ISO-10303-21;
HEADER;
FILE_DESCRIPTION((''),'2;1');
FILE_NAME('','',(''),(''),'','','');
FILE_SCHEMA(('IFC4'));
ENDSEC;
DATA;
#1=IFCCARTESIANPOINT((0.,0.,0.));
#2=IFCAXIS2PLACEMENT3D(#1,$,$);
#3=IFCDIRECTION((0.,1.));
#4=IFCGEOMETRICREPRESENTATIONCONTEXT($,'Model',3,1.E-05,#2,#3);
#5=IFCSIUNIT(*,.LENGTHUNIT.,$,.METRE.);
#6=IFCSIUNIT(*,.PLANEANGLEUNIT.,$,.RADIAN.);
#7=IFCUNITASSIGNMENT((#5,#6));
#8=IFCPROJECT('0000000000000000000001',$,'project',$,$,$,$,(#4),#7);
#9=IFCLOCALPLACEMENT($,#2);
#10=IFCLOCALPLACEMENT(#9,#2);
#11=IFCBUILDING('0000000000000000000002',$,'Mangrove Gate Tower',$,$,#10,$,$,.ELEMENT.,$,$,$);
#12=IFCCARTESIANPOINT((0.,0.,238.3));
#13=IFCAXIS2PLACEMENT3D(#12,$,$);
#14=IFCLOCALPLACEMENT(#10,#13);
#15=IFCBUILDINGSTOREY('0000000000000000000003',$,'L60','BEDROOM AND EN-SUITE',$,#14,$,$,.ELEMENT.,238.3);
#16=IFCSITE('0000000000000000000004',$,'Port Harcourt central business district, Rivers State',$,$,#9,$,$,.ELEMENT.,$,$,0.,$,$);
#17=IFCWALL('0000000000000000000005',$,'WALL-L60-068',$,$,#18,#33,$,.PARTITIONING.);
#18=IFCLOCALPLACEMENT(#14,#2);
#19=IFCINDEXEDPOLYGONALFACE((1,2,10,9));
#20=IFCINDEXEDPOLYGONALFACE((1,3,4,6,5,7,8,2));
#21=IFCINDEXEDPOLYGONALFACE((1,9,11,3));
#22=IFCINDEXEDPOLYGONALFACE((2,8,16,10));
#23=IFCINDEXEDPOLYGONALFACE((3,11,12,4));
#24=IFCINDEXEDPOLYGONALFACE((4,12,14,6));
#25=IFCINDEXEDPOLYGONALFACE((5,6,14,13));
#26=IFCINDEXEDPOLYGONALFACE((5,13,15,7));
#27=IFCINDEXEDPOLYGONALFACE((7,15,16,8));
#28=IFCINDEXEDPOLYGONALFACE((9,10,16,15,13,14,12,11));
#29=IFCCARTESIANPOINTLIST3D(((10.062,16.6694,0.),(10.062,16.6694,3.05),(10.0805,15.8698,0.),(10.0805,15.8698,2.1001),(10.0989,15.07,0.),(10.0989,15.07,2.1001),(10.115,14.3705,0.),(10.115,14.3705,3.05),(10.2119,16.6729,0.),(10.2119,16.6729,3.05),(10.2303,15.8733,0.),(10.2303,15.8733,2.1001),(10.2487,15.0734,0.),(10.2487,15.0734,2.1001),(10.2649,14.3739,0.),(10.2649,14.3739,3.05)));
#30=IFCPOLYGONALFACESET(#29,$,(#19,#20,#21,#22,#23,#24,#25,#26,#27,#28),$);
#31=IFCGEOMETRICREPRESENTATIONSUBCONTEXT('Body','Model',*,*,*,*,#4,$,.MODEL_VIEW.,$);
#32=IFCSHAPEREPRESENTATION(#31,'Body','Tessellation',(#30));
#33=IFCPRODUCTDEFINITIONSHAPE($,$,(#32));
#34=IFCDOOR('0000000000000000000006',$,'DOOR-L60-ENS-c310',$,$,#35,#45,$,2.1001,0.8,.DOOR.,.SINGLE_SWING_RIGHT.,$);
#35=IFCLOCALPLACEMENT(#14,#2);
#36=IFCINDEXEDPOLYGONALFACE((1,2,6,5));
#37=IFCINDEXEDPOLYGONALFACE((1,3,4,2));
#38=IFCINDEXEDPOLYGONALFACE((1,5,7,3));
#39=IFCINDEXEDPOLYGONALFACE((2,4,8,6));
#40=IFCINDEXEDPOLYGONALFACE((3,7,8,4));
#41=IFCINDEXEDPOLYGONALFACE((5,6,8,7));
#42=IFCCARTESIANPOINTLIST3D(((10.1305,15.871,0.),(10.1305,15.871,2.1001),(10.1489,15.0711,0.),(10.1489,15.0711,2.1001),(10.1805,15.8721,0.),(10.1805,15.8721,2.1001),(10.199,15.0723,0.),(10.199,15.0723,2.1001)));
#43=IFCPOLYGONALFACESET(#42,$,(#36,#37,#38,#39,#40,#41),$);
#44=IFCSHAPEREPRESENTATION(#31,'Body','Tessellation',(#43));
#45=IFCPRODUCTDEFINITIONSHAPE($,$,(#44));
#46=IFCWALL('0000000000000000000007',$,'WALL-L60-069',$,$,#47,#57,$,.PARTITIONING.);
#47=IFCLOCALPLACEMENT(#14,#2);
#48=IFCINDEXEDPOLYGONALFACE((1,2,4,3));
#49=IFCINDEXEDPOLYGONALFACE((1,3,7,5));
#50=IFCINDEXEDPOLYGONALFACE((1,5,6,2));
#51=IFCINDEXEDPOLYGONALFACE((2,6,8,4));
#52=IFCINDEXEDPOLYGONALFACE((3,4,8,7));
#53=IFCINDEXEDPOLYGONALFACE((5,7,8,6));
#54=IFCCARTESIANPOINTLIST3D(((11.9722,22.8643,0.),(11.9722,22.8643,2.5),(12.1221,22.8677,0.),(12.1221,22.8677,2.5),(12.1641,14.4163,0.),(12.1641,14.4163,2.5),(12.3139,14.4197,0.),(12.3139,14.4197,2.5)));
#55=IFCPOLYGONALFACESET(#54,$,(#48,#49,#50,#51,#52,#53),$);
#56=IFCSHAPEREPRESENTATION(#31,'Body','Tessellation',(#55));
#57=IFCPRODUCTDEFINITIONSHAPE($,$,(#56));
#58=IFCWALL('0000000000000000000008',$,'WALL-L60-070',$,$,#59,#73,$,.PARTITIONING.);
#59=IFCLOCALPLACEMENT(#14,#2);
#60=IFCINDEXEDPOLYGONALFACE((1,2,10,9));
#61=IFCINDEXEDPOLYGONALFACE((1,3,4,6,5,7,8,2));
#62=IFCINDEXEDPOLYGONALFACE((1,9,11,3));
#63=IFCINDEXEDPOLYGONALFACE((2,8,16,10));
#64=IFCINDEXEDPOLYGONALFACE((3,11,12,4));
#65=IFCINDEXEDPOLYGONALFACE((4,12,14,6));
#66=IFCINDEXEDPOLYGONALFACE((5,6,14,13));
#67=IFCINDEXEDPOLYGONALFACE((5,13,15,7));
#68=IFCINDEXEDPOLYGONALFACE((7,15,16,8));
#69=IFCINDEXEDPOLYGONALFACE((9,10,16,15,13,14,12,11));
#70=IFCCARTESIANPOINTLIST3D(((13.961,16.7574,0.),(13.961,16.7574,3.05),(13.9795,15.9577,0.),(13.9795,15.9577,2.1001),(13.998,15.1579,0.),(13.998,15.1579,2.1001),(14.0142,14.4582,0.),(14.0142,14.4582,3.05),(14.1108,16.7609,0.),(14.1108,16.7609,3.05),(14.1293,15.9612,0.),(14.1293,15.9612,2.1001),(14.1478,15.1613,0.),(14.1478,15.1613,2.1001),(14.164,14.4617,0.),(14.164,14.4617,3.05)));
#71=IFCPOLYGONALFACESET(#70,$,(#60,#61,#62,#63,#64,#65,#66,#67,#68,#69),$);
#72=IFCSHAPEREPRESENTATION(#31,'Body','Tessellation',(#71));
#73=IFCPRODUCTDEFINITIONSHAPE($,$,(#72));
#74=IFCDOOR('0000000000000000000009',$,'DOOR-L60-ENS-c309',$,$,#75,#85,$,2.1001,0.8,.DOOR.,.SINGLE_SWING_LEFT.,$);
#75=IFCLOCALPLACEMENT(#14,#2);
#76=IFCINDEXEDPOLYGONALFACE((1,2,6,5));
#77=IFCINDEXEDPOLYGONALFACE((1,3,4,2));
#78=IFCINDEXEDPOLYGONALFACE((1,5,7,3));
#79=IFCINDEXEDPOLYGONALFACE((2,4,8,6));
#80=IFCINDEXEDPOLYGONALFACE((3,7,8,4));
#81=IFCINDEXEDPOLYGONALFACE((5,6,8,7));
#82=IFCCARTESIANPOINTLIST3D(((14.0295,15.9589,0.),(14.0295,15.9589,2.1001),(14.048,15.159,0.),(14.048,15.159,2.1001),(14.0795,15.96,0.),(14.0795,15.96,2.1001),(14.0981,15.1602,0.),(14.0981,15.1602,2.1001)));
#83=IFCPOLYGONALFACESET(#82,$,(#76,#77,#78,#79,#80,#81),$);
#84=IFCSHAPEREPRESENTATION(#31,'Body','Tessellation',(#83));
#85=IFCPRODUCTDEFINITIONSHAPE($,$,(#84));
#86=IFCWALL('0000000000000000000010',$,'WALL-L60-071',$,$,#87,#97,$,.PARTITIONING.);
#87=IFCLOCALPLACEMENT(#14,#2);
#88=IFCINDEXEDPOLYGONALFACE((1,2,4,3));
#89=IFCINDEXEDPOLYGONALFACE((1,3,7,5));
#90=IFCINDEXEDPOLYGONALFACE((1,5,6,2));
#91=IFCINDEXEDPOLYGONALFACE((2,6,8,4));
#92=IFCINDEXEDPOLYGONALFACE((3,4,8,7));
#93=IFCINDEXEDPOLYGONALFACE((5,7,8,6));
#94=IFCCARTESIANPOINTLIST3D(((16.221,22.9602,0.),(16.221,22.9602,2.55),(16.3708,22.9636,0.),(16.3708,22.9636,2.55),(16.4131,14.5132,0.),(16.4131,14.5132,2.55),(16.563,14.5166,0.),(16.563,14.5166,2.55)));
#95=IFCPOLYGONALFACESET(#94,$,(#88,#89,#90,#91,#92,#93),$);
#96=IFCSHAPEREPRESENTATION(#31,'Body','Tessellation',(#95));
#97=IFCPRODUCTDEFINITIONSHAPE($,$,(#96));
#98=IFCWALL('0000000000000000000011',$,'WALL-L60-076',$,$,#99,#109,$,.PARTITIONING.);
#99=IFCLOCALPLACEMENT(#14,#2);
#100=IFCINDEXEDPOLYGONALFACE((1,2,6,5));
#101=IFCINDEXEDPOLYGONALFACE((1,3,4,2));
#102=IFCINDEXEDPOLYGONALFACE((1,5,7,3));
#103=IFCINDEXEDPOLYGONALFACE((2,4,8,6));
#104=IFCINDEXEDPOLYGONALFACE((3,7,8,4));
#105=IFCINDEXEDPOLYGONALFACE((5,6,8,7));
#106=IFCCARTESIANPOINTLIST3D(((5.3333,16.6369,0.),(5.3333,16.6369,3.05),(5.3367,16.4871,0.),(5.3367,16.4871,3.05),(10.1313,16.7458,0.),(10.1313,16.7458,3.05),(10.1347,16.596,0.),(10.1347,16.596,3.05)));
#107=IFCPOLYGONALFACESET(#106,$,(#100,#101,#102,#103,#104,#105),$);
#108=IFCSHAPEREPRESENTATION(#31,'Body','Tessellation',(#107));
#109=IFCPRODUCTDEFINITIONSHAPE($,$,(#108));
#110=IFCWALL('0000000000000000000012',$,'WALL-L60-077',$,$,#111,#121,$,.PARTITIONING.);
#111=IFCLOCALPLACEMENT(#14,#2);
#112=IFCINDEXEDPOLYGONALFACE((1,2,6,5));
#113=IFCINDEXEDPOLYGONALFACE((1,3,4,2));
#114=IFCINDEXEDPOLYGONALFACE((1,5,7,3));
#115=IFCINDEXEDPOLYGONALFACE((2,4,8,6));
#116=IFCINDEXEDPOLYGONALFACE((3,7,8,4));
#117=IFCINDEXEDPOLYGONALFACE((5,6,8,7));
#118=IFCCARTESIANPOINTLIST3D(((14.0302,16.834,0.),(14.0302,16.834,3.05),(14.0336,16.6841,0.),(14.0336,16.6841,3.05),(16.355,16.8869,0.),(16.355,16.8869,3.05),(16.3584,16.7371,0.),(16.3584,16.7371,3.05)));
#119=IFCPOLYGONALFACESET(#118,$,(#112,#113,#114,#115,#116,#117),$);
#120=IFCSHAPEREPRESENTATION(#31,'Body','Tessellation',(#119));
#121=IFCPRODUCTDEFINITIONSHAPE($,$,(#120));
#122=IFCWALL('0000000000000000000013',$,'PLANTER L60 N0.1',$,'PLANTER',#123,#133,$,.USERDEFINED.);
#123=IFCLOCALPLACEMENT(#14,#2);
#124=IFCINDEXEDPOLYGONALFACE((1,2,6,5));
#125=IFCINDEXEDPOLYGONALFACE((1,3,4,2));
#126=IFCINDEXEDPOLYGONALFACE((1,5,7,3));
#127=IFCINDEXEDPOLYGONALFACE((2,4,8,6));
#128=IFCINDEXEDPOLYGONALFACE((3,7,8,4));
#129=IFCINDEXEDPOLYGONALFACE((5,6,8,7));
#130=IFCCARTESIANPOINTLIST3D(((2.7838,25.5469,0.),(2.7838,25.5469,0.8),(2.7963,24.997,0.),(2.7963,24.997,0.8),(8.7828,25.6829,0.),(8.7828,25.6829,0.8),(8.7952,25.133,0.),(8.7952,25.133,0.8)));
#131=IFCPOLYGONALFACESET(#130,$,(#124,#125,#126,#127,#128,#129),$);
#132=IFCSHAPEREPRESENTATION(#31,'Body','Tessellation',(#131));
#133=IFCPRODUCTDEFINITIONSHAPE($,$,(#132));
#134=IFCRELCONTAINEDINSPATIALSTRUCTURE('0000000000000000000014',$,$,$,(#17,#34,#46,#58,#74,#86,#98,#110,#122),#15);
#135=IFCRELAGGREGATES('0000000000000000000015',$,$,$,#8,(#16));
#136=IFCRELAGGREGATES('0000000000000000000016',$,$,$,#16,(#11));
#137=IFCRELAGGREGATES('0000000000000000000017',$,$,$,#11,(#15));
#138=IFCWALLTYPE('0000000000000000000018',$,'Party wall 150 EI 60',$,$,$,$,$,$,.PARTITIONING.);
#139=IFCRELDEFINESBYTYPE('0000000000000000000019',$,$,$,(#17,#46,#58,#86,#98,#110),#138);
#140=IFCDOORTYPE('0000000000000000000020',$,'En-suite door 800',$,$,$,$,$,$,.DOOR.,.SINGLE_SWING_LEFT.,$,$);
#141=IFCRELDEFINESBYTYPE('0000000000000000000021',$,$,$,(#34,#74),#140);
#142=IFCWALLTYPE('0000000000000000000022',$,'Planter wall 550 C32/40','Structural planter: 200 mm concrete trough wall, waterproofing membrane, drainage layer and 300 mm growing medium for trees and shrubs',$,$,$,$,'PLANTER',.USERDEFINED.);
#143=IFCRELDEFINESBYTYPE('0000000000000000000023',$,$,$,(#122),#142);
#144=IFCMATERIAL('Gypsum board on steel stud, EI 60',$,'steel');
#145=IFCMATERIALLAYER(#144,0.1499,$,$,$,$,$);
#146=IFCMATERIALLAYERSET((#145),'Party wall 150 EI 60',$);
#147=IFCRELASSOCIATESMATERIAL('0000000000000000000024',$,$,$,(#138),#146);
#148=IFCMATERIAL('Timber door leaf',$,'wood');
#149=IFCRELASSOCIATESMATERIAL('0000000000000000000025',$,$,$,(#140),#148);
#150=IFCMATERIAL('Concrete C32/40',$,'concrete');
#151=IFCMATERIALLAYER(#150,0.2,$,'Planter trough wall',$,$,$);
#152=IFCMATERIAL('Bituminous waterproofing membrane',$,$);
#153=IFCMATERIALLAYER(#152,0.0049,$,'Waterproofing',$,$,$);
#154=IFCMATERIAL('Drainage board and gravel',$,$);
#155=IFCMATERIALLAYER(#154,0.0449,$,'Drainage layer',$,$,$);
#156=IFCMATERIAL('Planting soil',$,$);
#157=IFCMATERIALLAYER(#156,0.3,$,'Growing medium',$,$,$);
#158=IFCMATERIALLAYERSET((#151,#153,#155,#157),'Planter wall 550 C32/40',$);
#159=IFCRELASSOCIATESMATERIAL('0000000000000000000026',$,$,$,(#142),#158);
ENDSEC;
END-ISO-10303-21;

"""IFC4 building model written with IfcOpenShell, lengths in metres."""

from ifc_helpers import new_model, si_unit, direction, frame, frame_2d, origin, place, context, subcontext, project, spatial, rectangle, extrude, material, layer, layer_set, type_object, element, fill, save


model = new_model("IFC4")

# Units and contexts
model_context = context("Model", 3, precision=1e-05, world=origin(), true_north=direction((0.0, 1.0)))
body_context = subcontext(model_context, "Body", "Model", "MODEL_VIEW")
ifc_project = project(units=[si_unit("LENGTHUNIT", "METRE"), si_unit("PLANEANGLEUNIT", "RADIAN")], contexts=[model_context])

# Site, building, storey
site_placement = place(None, origin())
site = spatial("IfcSite", under=ifc_project, at=site_placement, Name="Port Harcourt central business district, Rivers State", CompositionType="ELEMENT", RefElevation=0.0)
building_placement = place(site_placement, origin())
building = spatial("IfcBuilding", under=site, at=building_placement, Name="Mangrove Gate Tower", CompositionType="ELEMENT")
storey_placement = place(building_placement, frame((0.0, 0.0, 238.3)))
storey = spatial("IfcBuildingStorey", under=building, at=storey_placement, Name="L60", Description="BEDROOM AND EN-SUITE", CompositionType="ELEMENT", Elevation=238.3)

# Shared definitions
ifc_material_1 = material(Name="Gypsum board on steel stud, EI 60", Category="steel")
ifc_layer_1 = layer(ifc_material_1, 0.1499)
ifc_layer_set_1 = layer_set([ifc_layer_1], Name="Party wall 150 EI 60")
wall_type_1 = type_object("IfcWallType", Name="Party wall 150 EI 60", PredefinedType="PARTITIONING", material=ifc_layer_set_1)
ifc_material_2 = material(Name="Timber door leaf", Category="wood")
door_type = type_object("IfcDoorType", Name="En-suite door 800", OperationType="SINGLE_SWING_LEFT", PredefinedType="DOOR", material=ifc_material_2)

# Wall, opening, door
wall_1_placement = place(storey_placement, frame((10.1899, 14.3721, 0.0), z_axis=(0.0, 0.0, 1.0), x_axis=(-0.02304, 0.999735, 0.0)))
wall_1 = element("IfcWall", 1, at=wall_1_placement, inside=storey, type_object=wall_type_1, Name="WALL-L60-068", PredefinedType="PARTITIONING", context=body_context, shape_type="SweptSolid", body=[
    extrude(rectangle(XDim=2.2996, YDim=0.1499, at=frame_2d((1.1499, 0.0))), origin(), (0.0, 0.0, 1.0), 3.05),
])
opening_1_placement = place(wall_1_placement, frame((0.7, 0.0, 0.0)))
opening_1 = element("IfcOpeningElement", 2, at=opening_1_placement, cuts=wall_1, PredefinedType="OPENING", context=body_context, shape_type="SweptSolid", body=[
    extrude(rectangle(XDim=0.8, YDim=2.1001, at=frame_2d((0.3999, 1.05))), frame((0.0, 0.085, 0.0), z_axis=(0.0, -1.0, 0.0), x_axis=(1.0, 0.0, 0.0)), (0.0, 0.0, 1.0), 0.1699),
])
door_1_placement = place(opening_1_placement, origin())
door_1 = element("IfcDoor", 3, at=door_1_placement, inside=storey, type_object=door_type, Name="DOOR-L60-ENS-c310", OperationType="SINGLE_SWING_RIGHT", OverallHeight=2.1001, OverallWidth=0.8, PredefinedType="DOOR", context=body_context, shape_type="SweptSolid", body=[
    extrude(rectangle(XDim=0.8, YDim=2.1001, at=frame_2d((0.3999, 1.05))), frame((0.0, 0.0249, 0.0), z_axis=(0.0, -1.0, 0.0), x_axis=(1.0, 0.0, 0.0)), (0.0, 0.0, 1.0), 0.05),
])
fill(opening_1, door_1)

# Wall
wall_2_placement = place(storey_placement, frame((12.239, 14.418, 0.0), z_axis=(0.0, 0.0, 1.0), x_axis=(-0.022709, 0.999742, 0.0)))
element("IfcWall", 4, at=wall_2_placement, inside=storey, type_object=wall_type_1, Name="WALL-L60-069", PredefinedType="PARTITIONING", context=body_context, shape_type="SweptSolid", body=[
    extrude(rectangle(XDim=8.4502, YDim=0.1499, at=frame_2d((4.2251, 0.0))), origin(), (0.0, 0.0, 1.0), 2.5),
])

# Wall, opening, door
wall_3_placement = place(storey_placement, frame((14.0891, 14.46, 0.0), z_axis=(0.0, 0.0, 1.0), x_axis=(-0.023143, 0.999732, 0.0)))
wall_3 = element("IfcWall", 5, at=wall_3_placement, inside=storey, type_object=wall_type_1, Name="WALL-L60-070", PredefinedType="PARTITIONING", context=body_context, shape_type="SweptSolid", body=[
    extrude(rectangle(XDim=2.2998, YDim=0.1499, at=frame_2d((1.1499, 0.0))), origin(), (0.0, 0.0, 1.0), 3.05),
])
opening_2_placement = place(wall_3_placement, frame((0.7, 0.0, 0.0)))
opening_2 = element("IfcOpeningElement", 6, at=opening_2_placement, cuts=wall_3, PredefinedType="OPENING", context=body_context, shape_type="SweptSolid", body=[
    extrude(rectangle(XDim=0.8, YDim=2.1001, at=frame_2d((0.3999, 1.05))), frame((0.0, 0.085, 0.0), z_axis=(0.0, -1.0, 0.0), x_axis=(1.0, 0.0, 0.0)), (0.0, 0.0, 1.0), 0.1699),
])
door_2_placement = place(opening_2_placement, origin())
door_2 = element("IfcDoor", 7, at=door_2_placement, inside=storey, type_object=door_type, Name="DOOR-L60-ENS-c309", OperationType="SINGLE_SWING_LEFT", OverallHeight=2.1001, OverallWidth=0.8, PredefinedType="DOOR", context=body_context, shape_type="SweptSolid", body=[
    extrude(rectangle(XDim=0.8, YDim=2.1001, at=frame_2d((0.3999, 1.05))), frame((0.0, 0.0249, 0.0), z_axis=(0.0, -1.0, 0.0), x_axis=(1.0, 0.0, 0.0)), (0.0, 0.0, 1.0), 0.05),
])
fill(opening_2, door_2)

# Walls
wall_4_placement = place(storey_placement, frame((16.488, 14.5149, 0.0), z_axis=(0.0, 0.0, 1.0), x_axis=(-0.02274, 0.999741, 0.0)))
element("IfcWall", 8, at=wall_4_placement, inside=storey, type_object=wall_type_1, Name="WALL-L60-071", PredefinedType="PARTITIONING", context=body_context, shape_type="SweptSolid", body=[
    extrude(rectangle(XDim=8.4492, YDim=0.1499, at=frame_2d((4.2246, 0.0))), origin(), (0.0, 0.0, 1.0), 2.55),
])
wall_5_placement = place(storey_placement, frame((5.335, 16.562, 0.0), z_axis=(0.0, 0.0, 1.0), x_axis=(0.999743, 0.022688, 0.0)))
element("IfcWall", 9, at=wall_5_placement, inside=storey, type_object=wall_type_1, Name="WALL-L60-076", PredefinedType="PARTITIONING", context=body_context, shape_type="SweptSolid", body=[
    extrude(rectangle(XDim=4.7993, YDim=0.1499, at=frame_2d((2.3997, 0.0))), origin(), (0.0, 0.0, 1.0), 3.05),
])
wall_6_placement = place(storey_placement, frame((14.032, 16.759, 0.0), z_axis=(0.0, 0.0, 1.0), x_axis=(0.99974, 0.022781, 0.0)))
element("IfcWall", 10, at=wall_6_placement, inside=storey, type_object=wall_type_1, Name="WALL-L60-077", PredefinedType="PARTITIONING", context=body_context, shape_type="SweptSolid", body=[
    extrude(rectangle(XDim=2.3254, YDim=0.1499, at=frame_2d((1.1626, 0.0))), origin(), (0.0, 0.0, 1.0), 3.05),
])
ifc_material_3 = material(Name="Concrete C32/40", Category="concrete")
ifc_layer_2 = layer(ifc_material_3, 0.2, Name="Planter trough wall")
ifc_material_4 = material(Name="Bituminous waterproofing membrane")
ifc_layer_3 = layer(ifc_material_4, 0.0049, Name="Waterproofing")
ifc_material_5 = material(Name="Drainage board and gravel")
ifc_layer_4 = layer(ifc_material_5, 0.0449, Name="Drainage layer")
ifc_material_6 = material(Name="Planting soil")
ifc_layer_5 = layer(ifc_material_6, 0.3, Name="Growing medium")
ifc_layer_set_2 = layer_set([ifc_layer_2, ifc_layer_3, ifc_layer_4, ifc_layer_5], Name="Planter wall 550 C32/40")
wall_type_2 = type_object("IfcWallType", Name="Planter wall 550 C32/40", Description="Structural planter: 200 mm concrete trough wall, waterproofing membrane, drainage layer and 300 mm growing medium for trees and shrubs", ElementType="PLANTER", PredefinedType="USERDEFINED", material=ifc_layer_set_2)
wall_7_placement = place(storey_placement, frame((2.79, 25.272, 0.0), z_axis=(0.0, 0.0, 1.0), x_axis=(0.999743, 0.022662, 0.0)))
element("IfcWall", 11, at=wall_7_placement, inside=storey, type_object=wall_type_2, Name="PLANTER L60 N0.1", ObjectType="PLANTER", PredefinedType="USERDEFINED", context=body_context, shape_type="SweptSolid", body=[
    extrude(rectangle(XDim=6.0005, YDim=0.55, at=frame_2d((3.0002, 0.0))), origin(), (0.0, 0.0, 1.0), 0.8),
])

save(model, "model.ifc")
